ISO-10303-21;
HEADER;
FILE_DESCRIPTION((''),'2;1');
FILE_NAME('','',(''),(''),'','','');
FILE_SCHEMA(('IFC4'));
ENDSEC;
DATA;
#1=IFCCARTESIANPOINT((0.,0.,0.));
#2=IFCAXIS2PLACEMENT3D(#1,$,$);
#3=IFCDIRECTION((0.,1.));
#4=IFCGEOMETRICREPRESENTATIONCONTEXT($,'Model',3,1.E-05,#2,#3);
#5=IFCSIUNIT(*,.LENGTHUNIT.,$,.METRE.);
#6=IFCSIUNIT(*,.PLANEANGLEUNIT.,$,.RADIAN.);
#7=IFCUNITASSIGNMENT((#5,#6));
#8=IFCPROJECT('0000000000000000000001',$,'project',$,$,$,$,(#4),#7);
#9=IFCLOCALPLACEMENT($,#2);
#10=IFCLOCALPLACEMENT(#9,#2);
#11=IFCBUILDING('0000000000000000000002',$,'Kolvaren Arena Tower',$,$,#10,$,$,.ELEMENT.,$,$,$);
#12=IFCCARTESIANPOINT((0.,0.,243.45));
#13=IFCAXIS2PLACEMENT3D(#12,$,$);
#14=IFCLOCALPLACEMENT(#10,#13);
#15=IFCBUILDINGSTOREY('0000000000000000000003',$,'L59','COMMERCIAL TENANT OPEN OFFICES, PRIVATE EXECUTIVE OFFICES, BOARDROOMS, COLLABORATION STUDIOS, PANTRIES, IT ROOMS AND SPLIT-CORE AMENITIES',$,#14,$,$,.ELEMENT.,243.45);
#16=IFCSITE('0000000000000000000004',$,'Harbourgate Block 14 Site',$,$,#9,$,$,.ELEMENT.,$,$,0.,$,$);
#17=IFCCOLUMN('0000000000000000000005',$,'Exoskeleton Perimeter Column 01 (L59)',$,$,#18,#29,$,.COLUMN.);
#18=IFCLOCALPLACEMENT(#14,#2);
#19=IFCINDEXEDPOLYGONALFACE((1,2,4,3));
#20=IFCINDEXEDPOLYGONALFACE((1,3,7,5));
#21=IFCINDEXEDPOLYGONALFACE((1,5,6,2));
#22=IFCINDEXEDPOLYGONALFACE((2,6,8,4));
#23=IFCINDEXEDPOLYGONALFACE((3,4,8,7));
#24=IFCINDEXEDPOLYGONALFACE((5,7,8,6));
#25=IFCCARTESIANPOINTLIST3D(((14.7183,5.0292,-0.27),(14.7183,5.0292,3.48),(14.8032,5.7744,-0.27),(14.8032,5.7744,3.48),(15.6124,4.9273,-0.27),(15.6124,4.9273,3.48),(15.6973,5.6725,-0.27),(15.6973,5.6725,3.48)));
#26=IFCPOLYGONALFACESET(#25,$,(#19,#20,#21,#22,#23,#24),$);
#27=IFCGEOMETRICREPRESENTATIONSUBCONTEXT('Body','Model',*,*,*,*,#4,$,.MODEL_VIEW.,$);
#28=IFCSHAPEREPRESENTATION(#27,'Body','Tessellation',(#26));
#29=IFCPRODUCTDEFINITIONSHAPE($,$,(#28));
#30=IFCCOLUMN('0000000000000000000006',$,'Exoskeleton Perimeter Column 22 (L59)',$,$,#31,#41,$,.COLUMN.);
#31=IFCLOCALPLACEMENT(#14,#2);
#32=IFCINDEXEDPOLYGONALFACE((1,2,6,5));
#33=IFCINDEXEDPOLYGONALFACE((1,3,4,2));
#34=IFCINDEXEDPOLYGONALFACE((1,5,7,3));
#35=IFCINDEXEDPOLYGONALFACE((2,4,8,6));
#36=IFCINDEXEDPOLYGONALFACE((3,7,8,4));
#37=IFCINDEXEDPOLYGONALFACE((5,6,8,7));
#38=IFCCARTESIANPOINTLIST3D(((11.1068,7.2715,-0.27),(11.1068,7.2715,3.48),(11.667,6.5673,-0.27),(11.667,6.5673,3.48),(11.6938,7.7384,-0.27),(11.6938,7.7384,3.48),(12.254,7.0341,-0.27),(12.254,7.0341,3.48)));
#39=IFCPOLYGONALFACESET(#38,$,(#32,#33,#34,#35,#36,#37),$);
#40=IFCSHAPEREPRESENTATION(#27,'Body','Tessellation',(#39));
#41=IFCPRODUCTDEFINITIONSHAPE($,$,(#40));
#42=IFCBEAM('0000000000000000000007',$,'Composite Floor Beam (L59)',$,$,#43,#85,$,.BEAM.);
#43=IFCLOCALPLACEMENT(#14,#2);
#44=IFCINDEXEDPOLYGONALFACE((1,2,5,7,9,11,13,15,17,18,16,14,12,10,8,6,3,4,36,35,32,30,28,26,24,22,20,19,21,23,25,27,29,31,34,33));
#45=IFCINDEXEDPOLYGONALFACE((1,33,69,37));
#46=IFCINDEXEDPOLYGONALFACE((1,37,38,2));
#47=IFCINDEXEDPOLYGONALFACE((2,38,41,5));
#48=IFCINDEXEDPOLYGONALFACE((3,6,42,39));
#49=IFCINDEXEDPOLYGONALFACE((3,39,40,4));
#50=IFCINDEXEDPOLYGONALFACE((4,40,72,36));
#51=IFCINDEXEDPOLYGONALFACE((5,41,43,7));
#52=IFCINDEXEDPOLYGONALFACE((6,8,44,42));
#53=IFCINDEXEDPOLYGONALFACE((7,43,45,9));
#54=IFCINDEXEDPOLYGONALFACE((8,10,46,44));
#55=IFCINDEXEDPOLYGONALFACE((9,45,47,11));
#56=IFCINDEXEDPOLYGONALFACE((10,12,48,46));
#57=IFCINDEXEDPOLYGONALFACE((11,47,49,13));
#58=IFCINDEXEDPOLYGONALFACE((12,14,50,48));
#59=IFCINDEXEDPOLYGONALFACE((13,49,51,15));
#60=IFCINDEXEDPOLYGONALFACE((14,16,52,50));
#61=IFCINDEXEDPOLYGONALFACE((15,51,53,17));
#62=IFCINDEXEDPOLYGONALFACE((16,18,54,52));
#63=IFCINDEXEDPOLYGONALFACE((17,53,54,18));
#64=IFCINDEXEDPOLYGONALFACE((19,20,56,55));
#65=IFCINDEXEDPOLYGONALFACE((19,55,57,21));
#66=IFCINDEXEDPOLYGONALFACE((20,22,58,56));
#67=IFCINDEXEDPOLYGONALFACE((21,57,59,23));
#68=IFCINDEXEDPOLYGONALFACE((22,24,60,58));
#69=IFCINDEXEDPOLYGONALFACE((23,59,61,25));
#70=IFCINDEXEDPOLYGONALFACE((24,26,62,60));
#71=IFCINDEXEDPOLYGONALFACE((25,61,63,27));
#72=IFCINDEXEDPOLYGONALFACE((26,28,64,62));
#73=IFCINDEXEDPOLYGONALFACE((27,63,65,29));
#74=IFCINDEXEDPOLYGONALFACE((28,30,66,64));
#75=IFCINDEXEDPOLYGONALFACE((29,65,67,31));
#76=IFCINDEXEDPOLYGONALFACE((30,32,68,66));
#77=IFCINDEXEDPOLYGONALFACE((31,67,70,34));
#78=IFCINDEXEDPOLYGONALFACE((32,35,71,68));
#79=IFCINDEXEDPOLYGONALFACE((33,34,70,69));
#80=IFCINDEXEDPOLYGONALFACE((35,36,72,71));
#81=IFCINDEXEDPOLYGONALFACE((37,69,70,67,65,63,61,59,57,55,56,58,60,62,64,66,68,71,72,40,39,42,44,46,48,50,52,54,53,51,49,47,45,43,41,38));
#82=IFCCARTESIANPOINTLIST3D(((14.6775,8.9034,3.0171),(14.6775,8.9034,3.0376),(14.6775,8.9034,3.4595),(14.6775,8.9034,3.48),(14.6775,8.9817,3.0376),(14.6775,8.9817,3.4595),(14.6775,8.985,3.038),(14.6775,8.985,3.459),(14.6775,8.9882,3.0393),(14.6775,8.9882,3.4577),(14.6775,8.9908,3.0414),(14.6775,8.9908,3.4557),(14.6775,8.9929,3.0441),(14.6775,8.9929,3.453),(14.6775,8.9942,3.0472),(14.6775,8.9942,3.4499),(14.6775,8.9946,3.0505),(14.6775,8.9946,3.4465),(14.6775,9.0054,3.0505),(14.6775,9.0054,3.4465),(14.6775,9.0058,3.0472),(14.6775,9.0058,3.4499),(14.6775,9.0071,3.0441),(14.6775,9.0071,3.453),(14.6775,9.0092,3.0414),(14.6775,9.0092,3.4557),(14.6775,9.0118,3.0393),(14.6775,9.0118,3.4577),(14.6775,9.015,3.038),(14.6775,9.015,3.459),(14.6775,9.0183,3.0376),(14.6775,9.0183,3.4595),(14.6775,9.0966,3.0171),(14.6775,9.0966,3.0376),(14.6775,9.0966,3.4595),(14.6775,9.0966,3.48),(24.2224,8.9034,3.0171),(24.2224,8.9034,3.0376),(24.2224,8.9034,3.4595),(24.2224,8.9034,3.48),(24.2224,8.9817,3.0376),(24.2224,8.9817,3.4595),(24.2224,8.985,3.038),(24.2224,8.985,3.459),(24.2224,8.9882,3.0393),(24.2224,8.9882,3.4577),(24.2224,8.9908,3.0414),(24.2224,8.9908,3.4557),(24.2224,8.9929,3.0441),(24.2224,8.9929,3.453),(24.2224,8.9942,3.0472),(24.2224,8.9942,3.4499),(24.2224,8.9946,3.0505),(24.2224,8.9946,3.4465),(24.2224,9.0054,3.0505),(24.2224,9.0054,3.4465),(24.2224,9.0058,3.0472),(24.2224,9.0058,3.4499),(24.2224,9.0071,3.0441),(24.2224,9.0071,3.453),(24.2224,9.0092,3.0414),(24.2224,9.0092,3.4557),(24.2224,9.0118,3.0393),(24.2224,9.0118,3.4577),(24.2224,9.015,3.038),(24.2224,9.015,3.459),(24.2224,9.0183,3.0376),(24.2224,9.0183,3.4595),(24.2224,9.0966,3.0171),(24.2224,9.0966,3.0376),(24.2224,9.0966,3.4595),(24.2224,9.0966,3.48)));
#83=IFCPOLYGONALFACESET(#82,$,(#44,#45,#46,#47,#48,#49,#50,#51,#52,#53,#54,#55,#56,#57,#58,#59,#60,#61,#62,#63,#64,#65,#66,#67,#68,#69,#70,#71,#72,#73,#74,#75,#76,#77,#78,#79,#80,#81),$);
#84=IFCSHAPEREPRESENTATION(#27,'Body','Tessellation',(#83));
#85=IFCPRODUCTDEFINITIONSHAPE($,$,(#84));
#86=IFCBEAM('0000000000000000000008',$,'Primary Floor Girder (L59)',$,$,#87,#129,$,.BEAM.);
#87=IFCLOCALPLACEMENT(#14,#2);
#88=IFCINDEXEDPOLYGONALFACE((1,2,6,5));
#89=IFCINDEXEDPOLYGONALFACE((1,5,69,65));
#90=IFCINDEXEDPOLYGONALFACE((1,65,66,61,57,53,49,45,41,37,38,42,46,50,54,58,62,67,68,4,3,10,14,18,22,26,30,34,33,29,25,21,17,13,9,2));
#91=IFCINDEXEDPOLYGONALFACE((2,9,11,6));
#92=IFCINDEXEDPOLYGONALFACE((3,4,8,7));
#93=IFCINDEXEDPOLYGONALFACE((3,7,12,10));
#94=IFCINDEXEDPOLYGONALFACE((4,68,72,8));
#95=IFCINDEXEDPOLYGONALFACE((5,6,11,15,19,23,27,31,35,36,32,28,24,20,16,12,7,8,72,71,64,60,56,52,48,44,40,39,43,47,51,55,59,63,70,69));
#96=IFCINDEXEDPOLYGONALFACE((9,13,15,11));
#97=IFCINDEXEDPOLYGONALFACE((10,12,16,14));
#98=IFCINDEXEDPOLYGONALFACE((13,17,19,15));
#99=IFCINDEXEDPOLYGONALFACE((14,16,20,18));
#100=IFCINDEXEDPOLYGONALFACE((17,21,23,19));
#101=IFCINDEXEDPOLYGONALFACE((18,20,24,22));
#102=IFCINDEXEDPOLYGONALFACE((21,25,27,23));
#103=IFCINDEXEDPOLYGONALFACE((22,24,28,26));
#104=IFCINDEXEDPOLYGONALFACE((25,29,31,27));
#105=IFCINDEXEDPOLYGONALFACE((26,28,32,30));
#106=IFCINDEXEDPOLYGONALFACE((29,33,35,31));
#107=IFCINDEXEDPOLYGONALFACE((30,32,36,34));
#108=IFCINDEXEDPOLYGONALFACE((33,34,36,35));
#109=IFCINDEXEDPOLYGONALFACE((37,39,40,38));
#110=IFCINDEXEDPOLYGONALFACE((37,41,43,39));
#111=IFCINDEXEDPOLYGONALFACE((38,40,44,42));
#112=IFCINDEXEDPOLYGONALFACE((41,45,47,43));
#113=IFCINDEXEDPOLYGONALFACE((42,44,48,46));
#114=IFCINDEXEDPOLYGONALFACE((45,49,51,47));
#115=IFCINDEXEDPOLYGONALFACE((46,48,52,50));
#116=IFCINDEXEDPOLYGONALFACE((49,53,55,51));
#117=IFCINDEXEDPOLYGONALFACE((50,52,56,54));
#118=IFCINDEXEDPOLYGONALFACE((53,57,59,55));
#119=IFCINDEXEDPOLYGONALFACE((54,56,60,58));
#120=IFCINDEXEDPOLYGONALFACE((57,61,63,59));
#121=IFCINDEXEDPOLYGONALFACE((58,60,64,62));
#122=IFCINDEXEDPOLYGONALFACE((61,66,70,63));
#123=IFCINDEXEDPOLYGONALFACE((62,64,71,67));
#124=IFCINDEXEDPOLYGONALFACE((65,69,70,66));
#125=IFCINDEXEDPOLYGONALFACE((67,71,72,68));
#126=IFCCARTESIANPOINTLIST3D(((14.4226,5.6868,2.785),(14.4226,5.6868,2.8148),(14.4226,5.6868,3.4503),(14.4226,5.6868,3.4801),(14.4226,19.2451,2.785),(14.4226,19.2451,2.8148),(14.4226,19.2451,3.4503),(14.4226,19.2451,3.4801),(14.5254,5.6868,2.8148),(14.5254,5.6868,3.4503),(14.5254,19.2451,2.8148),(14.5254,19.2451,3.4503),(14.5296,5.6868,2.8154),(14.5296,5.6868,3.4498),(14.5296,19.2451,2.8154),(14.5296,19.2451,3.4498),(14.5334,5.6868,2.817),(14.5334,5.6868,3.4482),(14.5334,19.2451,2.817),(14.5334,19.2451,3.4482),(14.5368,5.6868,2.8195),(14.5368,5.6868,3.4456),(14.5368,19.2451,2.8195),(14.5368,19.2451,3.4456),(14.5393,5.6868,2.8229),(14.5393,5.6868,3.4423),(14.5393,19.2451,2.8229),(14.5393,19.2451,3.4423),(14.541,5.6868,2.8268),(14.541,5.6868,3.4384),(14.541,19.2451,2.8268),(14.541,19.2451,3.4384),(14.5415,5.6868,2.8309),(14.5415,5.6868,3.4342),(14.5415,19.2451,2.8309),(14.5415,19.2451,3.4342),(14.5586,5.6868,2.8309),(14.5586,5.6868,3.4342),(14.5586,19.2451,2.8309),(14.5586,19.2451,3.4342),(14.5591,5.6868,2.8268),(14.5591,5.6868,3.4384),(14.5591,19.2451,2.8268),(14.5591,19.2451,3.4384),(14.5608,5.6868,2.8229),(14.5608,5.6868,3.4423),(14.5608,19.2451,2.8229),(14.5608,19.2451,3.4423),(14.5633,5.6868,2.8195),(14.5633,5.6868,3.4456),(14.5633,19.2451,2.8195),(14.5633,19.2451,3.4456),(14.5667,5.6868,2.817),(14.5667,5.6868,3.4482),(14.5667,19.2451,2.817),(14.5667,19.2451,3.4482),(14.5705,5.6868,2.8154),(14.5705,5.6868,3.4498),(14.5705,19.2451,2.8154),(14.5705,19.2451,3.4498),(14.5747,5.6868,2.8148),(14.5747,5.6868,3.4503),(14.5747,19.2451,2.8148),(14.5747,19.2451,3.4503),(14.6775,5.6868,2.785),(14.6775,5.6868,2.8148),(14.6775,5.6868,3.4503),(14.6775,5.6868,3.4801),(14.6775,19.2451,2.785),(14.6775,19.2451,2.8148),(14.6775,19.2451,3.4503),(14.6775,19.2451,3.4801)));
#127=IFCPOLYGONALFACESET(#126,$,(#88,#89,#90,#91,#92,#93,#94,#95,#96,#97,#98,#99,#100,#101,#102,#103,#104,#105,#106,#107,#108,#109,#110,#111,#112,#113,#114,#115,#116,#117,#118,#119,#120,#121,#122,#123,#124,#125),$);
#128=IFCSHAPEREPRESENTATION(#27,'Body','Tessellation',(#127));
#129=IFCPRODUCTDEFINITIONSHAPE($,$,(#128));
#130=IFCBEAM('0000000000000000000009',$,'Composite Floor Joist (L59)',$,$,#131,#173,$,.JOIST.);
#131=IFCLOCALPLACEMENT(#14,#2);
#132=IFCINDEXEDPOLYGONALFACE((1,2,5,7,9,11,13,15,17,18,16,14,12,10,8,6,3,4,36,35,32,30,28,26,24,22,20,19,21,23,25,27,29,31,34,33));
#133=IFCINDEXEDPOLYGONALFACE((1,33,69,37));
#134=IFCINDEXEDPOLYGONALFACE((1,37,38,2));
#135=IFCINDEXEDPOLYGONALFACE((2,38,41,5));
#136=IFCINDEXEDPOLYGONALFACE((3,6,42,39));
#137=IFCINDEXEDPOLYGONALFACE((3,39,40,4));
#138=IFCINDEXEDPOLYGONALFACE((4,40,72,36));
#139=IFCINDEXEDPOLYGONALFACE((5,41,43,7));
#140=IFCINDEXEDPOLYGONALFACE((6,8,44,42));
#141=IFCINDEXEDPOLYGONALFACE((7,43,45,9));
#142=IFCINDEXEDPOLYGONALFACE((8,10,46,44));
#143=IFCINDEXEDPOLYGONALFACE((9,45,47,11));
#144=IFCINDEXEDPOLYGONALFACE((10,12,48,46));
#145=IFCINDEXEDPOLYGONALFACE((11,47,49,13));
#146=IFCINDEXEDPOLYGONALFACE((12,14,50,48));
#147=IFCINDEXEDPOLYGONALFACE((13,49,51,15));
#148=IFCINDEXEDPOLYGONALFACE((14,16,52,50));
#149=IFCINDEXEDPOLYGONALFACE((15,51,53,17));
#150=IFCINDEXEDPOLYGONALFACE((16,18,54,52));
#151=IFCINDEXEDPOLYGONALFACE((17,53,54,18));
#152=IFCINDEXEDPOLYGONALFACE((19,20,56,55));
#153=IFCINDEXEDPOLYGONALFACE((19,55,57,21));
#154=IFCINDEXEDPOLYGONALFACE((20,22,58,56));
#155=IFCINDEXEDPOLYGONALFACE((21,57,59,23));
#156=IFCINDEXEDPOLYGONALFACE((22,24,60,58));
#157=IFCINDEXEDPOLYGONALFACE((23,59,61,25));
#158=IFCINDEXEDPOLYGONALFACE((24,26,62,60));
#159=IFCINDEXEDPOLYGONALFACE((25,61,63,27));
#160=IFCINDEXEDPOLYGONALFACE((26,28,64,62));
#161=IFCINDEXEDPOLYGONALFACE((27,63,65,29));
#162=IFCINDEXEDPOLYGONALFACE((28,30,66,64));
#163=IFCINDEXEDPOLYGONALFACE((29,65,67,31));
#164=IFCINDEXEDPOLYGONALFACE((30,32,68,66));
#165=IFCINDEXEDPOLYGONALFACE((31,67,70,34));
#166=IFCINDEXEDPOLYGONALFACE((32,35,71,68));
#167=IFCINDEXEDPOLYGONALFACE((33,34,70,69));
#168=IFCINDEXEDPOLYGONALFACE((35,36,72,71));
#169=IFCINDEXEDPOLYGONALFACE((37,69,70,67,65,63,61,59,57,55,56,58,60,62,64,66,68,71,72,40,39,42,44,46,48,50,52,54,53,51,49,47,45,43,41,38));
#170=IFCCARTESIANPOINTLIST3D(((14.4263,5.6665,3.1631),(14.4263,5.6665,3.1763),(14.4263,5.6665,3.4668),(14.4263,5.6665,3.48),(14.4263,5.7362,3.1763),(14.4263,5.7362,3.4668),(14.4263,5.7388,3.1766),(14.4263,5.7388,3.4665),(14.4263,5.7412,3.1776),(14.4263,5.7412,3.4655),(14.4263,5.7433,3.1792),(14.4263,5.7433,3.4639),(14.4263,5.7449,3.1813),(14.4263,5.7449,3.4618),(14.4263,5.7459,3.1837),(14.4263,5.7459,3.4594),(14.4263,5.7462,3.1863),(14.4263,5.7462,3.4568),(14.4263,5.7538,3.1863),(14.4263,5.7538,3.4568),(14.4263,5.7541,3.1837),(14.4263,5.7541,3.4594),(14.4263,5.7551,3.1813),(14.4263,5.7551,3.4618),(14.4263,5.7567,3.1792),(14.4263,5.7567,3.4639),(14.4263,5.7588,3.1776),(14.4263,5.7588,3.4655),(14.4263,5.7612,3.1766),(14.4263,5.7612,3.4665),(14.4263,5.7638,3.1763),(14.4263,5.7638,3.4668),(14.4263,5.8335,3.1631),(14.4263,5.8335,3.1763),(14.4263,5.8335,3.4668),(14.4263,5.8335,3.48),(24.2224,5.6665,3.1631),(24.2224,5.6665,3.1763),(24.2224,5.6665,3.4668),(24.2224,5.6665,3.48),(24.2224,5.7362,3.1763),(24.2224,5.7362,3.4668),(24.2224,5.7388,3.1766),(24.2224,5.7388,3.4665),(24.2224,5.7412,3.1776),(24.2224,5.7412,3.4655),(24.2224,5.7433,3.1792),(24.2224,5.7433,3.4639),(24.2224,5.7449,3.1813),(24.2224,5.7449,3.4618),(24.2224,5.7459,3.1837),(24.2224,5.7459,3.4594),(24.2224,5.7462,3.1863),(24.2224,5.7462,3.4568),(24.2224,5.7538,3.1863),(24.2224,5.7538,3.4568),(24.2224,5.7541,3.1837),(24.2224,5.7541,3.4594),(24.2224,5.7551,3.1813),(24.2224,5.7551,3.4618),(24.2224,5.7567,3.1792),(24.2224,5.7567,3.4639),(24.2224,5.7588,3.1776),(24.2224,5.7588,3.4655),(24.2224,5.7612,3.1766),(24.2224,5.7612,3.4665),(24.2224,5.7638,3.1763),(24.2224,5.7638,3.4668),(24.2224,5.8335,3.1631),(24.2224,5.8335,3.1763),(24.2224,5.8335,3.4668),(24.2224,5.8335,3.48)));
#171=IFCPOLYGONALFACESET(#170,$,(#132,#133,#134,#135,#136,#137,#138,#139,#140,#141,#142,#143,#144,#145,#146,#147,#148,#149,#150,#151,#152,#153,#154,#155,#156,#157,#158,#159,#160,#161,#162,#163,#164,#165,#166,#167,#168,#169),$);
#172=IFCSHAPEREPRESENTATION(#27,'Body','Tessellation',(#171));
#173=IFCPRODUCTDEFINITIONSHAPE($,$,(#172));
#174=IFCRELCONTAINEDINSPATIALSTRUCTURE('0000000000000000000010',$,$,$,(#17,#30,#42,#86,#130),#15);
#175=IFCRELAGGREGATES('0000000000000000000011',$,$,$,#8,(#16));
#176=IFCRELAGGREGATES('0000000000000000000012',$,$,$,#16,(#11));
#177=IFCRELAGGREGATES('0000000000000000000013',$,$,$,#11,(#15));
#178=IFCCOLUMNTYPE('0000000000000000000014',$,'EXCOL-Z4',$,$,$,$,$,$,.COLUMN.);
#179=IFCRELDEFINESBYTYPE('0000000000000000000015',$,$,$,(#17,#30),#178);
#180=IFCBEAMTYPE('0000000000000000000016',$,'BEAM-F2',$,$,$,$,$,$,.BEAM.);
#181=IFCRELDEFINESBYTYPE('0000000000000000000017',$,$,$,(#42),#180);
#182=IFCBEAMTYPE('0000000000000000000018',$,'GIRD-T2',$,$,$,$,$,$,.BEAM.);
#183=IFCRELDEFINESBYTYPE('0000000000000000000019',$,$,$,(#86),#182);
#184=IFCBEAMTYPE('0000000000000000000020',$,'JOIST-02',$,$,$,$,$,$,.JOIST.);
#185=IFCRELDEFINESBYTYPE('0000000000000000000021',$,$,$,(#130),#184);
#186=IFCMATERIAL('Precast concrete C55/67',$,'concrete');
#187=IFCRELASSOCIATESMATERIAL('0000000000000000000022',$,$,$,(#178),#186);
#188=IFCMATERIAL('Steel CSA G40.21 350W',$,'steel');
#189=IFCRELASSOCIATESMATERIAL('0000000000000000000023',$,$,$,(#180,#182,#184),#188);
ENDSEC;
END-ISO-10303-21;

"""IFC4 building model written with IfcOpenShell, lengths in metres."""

from ifc_helpers import new_model, si_unit, direction, frame, origin, origin_2d, place, context, subcontext, project, spatial, rectangle, i_section, extrude, material, material_profile, profile_set, type_object, element, save


model = new_model("IFC4")

# Units and contexts
model_context = context("Model", 3, precision=1e-05, world=origin(), true_north=direction((0.0, 1.0)))
body_context = subcontext(model_context, "Body", "Model", "MODEL_VIEW")
ifc_project = project(units=[si_unit("LENGTHUNIT", "METRE"), si_unit("PLANEANGLEUNIT", "RADIAN")], contexts=[model_context])

# Site, building, storey
site_placement = place(None, origin())
site = spatial("IfcSite", under=ifc_project, at=site_placement, Name="Harbourgate Block 14 Site", CompositionType="ELEMENT", RefElevation=0.0)
building_placement = place(site_placement, origin())
building = spatial("IfcBuilding", under=site, at=building_placement, Name="Kolvaren Arena Tower", CompositionType="ELEMENT")
storey_placement = place(building_placement, frame((0.0, 0.0, 243.45)))
storey = spatial("IfcBuildingStorey", under=building, at=storey_placement, Name="L59", Description="COMMERCIAL TENANT OPEN OFFICES, PRIVATE EXECUTIVE OFFICES, BOARDROOMS, COLLABORATION STUDIOS, PANTRIES, IT ROOMS AND SPLIT-CORE AMENITIES", CompositionType="ELEMENT", Elevation=243.45)

# Columns
ifc_material_1 = material(Name="Precast concrete C55/67", Category="concrete")
ifc_material_profile_1 = material_profile(ifc_material_1, rectangle(XDim=0.8999, YDim=0.75, at=origin_2d()), Name="RC-900x750")
ifc_profile_set_1 = profile_set([ifc_material_profile_1], Name="Precast concrete C55/67")
column_type = type_object("IfcColumnType", Name="EXCOL-Z4", PredefinedType="COLUMN", material=ifc_profile_set_1)
for number, where, z_axis, x_axis, name in (
    (1, (15.2078, 5.3508, -0.27), (0.0, 0.0, 1.0), (0.993572, -0.113203, 0.0), "Exoskeleton Perimeter Column 01 (L59)"),
    (2, (11.6804, 7.1528, -0.27), (0.0, 0.0, 1.0), (-0.622515, 0.782608, 0.0), "Exoskeleton Perimeter Column 22 (L59)"),
):
    element("IfcColumn", number, at=place(storey_placement, frame(where, z_axis=z_axis, x_axis=x_axis)), inside=storey, type_object=column_type, Name=name, PredefinedType="COLUMN", context=body_context, shape_type="SweptSolid", body=[
        extrude(rectangle(XDim=0.8999, YDim=0.75, at=origin_2d()), origin(), (0.0, 0.0, 1.0), 3.75),
    ])

# Beams
ifc_material_2 = material(Name="Steel CSA G40.21 350W", Category="steel")
ifc_material_profile_2 = material_profile(ifc_material_2, i_section(OverallWidth=0.1931, OverallDepth=0.4629, WebThickness=0.0107, FlangeThickness=0.0205, FilletRadius=0.0129, at=origin_2d()), Name="W460x113")
ifc_profile_set_2 = profile_set([ifc_material_profile_2], Name="Steel CSA G40.21 350W")
beam_type_1 = type_object("IfcBeamType", Name="BEAM-F2", PredefinedType="BEAM", material=ifc_profile_set_2)
beam_1_placement = place(storey_placement, frame((14.6775, 9.0, 3.2485), z_axis=(1.0, 0.0, 0.0), x_axis=(0.0, 1.0, 0.0)))
element("IfcBeam", 3, at=beam_1_placement, inside=storey, type_object=beam_type_1, Name="Composite Floor Beam (L59)", PredefinedType="BEAM", context=body_context, shape_type="SweptSolid", body=[
    extrude(i_section(OverallWidth=0.1931, OverallDepth=0.4629, WebThickness=0.0107, FlangeThickness=0.0205, FilletRadius=0.0129, at=origin_2d()), origin(), (0.0, 0.0, 1.0), 9.5449),
])
ifc_material_profile_3 = material_profile(ifc_material_2, i_section(OverallWidth=0.2549, OverallDepth=0.6951, WebThickness=0.0171, FlangeThickness=0.0298, FilletRadius=0.0161, at=origin_2d()), Name="W690x217")
ifc_profile_set_3 = profile_set([ifc_material_profile_3], Name="Steel CSA G40.21 350W")
beam_type_2 = type_object("IfcBeamType", Name="GIRD-T2", PredefinedType="BEAM", material=ifc_profile_set_3)
beam_2_placement = place(storey_placement, frame((14.55, 5.6868, 3.1326), z_axis=(0.0, 1.0, 0.0), x_axis=(-1.0, 0.0, 0.0)))
element("IfcBeam", 4, at=beam_2_placement, inside=storey, type_object=beam_type_2, Name="Primary Floor Girder (L59)", PredefinedType="BEAM", context=body_context, shape_type="SweptSolid", body=[
    extrude(i_section(OverallWidth=0.2549, OverallDepth=0.6951, WebThickness=0.0171, FlangeThickness=0.0298, FilletRadius=0.0161, at=origin_2d()), origin(), (0.0, 0.0, 1.0), 13.5583),
])
ifc_material_profile_4 = material_profile(ifc_material_2, i_section(OverallWidth=0.167, OverallDepth=0.3169, WebThickness=0.0076, FlangeThickness=0.0132, FilletRadius=0.01, at=origin_2d()), Name="W310x52")
ifc_profile_set_4 = profile_set([ifc_material_profile_4], Name="Steel CSA G40.21 350W")
beam_type_3 = type_object("IfcBeamType", Name="JOIST-02", PredefinedType="JOIST", material=ifc_profile_set_4)
beam_3_placement = place(storey_placement, frame((14.4263, 5.75, 3.3215), z_axis=(1.0, 0.0, 0.0), x_axis=(0.0, 1.0, 0.0)))
element("IfcBeam", 5, at=beam_3_placement, inside=storey, type_object=beam_type_3, Name="Composite Floor Joist (L59)", PredefinedType="JOIST", context=body_context, shape_type="SweptSolid", body=[
    extrude(i_section(OverallWidth=0.167, OverallDepth=0.3169, WebThickness=0.0076, FlangeThickness=0.0132, FilletRadius=0.01, at=origin_2d()), origin(), (0.0, 0.0, 1.0), 9.7961),
])

save(model, "model.ifc")
